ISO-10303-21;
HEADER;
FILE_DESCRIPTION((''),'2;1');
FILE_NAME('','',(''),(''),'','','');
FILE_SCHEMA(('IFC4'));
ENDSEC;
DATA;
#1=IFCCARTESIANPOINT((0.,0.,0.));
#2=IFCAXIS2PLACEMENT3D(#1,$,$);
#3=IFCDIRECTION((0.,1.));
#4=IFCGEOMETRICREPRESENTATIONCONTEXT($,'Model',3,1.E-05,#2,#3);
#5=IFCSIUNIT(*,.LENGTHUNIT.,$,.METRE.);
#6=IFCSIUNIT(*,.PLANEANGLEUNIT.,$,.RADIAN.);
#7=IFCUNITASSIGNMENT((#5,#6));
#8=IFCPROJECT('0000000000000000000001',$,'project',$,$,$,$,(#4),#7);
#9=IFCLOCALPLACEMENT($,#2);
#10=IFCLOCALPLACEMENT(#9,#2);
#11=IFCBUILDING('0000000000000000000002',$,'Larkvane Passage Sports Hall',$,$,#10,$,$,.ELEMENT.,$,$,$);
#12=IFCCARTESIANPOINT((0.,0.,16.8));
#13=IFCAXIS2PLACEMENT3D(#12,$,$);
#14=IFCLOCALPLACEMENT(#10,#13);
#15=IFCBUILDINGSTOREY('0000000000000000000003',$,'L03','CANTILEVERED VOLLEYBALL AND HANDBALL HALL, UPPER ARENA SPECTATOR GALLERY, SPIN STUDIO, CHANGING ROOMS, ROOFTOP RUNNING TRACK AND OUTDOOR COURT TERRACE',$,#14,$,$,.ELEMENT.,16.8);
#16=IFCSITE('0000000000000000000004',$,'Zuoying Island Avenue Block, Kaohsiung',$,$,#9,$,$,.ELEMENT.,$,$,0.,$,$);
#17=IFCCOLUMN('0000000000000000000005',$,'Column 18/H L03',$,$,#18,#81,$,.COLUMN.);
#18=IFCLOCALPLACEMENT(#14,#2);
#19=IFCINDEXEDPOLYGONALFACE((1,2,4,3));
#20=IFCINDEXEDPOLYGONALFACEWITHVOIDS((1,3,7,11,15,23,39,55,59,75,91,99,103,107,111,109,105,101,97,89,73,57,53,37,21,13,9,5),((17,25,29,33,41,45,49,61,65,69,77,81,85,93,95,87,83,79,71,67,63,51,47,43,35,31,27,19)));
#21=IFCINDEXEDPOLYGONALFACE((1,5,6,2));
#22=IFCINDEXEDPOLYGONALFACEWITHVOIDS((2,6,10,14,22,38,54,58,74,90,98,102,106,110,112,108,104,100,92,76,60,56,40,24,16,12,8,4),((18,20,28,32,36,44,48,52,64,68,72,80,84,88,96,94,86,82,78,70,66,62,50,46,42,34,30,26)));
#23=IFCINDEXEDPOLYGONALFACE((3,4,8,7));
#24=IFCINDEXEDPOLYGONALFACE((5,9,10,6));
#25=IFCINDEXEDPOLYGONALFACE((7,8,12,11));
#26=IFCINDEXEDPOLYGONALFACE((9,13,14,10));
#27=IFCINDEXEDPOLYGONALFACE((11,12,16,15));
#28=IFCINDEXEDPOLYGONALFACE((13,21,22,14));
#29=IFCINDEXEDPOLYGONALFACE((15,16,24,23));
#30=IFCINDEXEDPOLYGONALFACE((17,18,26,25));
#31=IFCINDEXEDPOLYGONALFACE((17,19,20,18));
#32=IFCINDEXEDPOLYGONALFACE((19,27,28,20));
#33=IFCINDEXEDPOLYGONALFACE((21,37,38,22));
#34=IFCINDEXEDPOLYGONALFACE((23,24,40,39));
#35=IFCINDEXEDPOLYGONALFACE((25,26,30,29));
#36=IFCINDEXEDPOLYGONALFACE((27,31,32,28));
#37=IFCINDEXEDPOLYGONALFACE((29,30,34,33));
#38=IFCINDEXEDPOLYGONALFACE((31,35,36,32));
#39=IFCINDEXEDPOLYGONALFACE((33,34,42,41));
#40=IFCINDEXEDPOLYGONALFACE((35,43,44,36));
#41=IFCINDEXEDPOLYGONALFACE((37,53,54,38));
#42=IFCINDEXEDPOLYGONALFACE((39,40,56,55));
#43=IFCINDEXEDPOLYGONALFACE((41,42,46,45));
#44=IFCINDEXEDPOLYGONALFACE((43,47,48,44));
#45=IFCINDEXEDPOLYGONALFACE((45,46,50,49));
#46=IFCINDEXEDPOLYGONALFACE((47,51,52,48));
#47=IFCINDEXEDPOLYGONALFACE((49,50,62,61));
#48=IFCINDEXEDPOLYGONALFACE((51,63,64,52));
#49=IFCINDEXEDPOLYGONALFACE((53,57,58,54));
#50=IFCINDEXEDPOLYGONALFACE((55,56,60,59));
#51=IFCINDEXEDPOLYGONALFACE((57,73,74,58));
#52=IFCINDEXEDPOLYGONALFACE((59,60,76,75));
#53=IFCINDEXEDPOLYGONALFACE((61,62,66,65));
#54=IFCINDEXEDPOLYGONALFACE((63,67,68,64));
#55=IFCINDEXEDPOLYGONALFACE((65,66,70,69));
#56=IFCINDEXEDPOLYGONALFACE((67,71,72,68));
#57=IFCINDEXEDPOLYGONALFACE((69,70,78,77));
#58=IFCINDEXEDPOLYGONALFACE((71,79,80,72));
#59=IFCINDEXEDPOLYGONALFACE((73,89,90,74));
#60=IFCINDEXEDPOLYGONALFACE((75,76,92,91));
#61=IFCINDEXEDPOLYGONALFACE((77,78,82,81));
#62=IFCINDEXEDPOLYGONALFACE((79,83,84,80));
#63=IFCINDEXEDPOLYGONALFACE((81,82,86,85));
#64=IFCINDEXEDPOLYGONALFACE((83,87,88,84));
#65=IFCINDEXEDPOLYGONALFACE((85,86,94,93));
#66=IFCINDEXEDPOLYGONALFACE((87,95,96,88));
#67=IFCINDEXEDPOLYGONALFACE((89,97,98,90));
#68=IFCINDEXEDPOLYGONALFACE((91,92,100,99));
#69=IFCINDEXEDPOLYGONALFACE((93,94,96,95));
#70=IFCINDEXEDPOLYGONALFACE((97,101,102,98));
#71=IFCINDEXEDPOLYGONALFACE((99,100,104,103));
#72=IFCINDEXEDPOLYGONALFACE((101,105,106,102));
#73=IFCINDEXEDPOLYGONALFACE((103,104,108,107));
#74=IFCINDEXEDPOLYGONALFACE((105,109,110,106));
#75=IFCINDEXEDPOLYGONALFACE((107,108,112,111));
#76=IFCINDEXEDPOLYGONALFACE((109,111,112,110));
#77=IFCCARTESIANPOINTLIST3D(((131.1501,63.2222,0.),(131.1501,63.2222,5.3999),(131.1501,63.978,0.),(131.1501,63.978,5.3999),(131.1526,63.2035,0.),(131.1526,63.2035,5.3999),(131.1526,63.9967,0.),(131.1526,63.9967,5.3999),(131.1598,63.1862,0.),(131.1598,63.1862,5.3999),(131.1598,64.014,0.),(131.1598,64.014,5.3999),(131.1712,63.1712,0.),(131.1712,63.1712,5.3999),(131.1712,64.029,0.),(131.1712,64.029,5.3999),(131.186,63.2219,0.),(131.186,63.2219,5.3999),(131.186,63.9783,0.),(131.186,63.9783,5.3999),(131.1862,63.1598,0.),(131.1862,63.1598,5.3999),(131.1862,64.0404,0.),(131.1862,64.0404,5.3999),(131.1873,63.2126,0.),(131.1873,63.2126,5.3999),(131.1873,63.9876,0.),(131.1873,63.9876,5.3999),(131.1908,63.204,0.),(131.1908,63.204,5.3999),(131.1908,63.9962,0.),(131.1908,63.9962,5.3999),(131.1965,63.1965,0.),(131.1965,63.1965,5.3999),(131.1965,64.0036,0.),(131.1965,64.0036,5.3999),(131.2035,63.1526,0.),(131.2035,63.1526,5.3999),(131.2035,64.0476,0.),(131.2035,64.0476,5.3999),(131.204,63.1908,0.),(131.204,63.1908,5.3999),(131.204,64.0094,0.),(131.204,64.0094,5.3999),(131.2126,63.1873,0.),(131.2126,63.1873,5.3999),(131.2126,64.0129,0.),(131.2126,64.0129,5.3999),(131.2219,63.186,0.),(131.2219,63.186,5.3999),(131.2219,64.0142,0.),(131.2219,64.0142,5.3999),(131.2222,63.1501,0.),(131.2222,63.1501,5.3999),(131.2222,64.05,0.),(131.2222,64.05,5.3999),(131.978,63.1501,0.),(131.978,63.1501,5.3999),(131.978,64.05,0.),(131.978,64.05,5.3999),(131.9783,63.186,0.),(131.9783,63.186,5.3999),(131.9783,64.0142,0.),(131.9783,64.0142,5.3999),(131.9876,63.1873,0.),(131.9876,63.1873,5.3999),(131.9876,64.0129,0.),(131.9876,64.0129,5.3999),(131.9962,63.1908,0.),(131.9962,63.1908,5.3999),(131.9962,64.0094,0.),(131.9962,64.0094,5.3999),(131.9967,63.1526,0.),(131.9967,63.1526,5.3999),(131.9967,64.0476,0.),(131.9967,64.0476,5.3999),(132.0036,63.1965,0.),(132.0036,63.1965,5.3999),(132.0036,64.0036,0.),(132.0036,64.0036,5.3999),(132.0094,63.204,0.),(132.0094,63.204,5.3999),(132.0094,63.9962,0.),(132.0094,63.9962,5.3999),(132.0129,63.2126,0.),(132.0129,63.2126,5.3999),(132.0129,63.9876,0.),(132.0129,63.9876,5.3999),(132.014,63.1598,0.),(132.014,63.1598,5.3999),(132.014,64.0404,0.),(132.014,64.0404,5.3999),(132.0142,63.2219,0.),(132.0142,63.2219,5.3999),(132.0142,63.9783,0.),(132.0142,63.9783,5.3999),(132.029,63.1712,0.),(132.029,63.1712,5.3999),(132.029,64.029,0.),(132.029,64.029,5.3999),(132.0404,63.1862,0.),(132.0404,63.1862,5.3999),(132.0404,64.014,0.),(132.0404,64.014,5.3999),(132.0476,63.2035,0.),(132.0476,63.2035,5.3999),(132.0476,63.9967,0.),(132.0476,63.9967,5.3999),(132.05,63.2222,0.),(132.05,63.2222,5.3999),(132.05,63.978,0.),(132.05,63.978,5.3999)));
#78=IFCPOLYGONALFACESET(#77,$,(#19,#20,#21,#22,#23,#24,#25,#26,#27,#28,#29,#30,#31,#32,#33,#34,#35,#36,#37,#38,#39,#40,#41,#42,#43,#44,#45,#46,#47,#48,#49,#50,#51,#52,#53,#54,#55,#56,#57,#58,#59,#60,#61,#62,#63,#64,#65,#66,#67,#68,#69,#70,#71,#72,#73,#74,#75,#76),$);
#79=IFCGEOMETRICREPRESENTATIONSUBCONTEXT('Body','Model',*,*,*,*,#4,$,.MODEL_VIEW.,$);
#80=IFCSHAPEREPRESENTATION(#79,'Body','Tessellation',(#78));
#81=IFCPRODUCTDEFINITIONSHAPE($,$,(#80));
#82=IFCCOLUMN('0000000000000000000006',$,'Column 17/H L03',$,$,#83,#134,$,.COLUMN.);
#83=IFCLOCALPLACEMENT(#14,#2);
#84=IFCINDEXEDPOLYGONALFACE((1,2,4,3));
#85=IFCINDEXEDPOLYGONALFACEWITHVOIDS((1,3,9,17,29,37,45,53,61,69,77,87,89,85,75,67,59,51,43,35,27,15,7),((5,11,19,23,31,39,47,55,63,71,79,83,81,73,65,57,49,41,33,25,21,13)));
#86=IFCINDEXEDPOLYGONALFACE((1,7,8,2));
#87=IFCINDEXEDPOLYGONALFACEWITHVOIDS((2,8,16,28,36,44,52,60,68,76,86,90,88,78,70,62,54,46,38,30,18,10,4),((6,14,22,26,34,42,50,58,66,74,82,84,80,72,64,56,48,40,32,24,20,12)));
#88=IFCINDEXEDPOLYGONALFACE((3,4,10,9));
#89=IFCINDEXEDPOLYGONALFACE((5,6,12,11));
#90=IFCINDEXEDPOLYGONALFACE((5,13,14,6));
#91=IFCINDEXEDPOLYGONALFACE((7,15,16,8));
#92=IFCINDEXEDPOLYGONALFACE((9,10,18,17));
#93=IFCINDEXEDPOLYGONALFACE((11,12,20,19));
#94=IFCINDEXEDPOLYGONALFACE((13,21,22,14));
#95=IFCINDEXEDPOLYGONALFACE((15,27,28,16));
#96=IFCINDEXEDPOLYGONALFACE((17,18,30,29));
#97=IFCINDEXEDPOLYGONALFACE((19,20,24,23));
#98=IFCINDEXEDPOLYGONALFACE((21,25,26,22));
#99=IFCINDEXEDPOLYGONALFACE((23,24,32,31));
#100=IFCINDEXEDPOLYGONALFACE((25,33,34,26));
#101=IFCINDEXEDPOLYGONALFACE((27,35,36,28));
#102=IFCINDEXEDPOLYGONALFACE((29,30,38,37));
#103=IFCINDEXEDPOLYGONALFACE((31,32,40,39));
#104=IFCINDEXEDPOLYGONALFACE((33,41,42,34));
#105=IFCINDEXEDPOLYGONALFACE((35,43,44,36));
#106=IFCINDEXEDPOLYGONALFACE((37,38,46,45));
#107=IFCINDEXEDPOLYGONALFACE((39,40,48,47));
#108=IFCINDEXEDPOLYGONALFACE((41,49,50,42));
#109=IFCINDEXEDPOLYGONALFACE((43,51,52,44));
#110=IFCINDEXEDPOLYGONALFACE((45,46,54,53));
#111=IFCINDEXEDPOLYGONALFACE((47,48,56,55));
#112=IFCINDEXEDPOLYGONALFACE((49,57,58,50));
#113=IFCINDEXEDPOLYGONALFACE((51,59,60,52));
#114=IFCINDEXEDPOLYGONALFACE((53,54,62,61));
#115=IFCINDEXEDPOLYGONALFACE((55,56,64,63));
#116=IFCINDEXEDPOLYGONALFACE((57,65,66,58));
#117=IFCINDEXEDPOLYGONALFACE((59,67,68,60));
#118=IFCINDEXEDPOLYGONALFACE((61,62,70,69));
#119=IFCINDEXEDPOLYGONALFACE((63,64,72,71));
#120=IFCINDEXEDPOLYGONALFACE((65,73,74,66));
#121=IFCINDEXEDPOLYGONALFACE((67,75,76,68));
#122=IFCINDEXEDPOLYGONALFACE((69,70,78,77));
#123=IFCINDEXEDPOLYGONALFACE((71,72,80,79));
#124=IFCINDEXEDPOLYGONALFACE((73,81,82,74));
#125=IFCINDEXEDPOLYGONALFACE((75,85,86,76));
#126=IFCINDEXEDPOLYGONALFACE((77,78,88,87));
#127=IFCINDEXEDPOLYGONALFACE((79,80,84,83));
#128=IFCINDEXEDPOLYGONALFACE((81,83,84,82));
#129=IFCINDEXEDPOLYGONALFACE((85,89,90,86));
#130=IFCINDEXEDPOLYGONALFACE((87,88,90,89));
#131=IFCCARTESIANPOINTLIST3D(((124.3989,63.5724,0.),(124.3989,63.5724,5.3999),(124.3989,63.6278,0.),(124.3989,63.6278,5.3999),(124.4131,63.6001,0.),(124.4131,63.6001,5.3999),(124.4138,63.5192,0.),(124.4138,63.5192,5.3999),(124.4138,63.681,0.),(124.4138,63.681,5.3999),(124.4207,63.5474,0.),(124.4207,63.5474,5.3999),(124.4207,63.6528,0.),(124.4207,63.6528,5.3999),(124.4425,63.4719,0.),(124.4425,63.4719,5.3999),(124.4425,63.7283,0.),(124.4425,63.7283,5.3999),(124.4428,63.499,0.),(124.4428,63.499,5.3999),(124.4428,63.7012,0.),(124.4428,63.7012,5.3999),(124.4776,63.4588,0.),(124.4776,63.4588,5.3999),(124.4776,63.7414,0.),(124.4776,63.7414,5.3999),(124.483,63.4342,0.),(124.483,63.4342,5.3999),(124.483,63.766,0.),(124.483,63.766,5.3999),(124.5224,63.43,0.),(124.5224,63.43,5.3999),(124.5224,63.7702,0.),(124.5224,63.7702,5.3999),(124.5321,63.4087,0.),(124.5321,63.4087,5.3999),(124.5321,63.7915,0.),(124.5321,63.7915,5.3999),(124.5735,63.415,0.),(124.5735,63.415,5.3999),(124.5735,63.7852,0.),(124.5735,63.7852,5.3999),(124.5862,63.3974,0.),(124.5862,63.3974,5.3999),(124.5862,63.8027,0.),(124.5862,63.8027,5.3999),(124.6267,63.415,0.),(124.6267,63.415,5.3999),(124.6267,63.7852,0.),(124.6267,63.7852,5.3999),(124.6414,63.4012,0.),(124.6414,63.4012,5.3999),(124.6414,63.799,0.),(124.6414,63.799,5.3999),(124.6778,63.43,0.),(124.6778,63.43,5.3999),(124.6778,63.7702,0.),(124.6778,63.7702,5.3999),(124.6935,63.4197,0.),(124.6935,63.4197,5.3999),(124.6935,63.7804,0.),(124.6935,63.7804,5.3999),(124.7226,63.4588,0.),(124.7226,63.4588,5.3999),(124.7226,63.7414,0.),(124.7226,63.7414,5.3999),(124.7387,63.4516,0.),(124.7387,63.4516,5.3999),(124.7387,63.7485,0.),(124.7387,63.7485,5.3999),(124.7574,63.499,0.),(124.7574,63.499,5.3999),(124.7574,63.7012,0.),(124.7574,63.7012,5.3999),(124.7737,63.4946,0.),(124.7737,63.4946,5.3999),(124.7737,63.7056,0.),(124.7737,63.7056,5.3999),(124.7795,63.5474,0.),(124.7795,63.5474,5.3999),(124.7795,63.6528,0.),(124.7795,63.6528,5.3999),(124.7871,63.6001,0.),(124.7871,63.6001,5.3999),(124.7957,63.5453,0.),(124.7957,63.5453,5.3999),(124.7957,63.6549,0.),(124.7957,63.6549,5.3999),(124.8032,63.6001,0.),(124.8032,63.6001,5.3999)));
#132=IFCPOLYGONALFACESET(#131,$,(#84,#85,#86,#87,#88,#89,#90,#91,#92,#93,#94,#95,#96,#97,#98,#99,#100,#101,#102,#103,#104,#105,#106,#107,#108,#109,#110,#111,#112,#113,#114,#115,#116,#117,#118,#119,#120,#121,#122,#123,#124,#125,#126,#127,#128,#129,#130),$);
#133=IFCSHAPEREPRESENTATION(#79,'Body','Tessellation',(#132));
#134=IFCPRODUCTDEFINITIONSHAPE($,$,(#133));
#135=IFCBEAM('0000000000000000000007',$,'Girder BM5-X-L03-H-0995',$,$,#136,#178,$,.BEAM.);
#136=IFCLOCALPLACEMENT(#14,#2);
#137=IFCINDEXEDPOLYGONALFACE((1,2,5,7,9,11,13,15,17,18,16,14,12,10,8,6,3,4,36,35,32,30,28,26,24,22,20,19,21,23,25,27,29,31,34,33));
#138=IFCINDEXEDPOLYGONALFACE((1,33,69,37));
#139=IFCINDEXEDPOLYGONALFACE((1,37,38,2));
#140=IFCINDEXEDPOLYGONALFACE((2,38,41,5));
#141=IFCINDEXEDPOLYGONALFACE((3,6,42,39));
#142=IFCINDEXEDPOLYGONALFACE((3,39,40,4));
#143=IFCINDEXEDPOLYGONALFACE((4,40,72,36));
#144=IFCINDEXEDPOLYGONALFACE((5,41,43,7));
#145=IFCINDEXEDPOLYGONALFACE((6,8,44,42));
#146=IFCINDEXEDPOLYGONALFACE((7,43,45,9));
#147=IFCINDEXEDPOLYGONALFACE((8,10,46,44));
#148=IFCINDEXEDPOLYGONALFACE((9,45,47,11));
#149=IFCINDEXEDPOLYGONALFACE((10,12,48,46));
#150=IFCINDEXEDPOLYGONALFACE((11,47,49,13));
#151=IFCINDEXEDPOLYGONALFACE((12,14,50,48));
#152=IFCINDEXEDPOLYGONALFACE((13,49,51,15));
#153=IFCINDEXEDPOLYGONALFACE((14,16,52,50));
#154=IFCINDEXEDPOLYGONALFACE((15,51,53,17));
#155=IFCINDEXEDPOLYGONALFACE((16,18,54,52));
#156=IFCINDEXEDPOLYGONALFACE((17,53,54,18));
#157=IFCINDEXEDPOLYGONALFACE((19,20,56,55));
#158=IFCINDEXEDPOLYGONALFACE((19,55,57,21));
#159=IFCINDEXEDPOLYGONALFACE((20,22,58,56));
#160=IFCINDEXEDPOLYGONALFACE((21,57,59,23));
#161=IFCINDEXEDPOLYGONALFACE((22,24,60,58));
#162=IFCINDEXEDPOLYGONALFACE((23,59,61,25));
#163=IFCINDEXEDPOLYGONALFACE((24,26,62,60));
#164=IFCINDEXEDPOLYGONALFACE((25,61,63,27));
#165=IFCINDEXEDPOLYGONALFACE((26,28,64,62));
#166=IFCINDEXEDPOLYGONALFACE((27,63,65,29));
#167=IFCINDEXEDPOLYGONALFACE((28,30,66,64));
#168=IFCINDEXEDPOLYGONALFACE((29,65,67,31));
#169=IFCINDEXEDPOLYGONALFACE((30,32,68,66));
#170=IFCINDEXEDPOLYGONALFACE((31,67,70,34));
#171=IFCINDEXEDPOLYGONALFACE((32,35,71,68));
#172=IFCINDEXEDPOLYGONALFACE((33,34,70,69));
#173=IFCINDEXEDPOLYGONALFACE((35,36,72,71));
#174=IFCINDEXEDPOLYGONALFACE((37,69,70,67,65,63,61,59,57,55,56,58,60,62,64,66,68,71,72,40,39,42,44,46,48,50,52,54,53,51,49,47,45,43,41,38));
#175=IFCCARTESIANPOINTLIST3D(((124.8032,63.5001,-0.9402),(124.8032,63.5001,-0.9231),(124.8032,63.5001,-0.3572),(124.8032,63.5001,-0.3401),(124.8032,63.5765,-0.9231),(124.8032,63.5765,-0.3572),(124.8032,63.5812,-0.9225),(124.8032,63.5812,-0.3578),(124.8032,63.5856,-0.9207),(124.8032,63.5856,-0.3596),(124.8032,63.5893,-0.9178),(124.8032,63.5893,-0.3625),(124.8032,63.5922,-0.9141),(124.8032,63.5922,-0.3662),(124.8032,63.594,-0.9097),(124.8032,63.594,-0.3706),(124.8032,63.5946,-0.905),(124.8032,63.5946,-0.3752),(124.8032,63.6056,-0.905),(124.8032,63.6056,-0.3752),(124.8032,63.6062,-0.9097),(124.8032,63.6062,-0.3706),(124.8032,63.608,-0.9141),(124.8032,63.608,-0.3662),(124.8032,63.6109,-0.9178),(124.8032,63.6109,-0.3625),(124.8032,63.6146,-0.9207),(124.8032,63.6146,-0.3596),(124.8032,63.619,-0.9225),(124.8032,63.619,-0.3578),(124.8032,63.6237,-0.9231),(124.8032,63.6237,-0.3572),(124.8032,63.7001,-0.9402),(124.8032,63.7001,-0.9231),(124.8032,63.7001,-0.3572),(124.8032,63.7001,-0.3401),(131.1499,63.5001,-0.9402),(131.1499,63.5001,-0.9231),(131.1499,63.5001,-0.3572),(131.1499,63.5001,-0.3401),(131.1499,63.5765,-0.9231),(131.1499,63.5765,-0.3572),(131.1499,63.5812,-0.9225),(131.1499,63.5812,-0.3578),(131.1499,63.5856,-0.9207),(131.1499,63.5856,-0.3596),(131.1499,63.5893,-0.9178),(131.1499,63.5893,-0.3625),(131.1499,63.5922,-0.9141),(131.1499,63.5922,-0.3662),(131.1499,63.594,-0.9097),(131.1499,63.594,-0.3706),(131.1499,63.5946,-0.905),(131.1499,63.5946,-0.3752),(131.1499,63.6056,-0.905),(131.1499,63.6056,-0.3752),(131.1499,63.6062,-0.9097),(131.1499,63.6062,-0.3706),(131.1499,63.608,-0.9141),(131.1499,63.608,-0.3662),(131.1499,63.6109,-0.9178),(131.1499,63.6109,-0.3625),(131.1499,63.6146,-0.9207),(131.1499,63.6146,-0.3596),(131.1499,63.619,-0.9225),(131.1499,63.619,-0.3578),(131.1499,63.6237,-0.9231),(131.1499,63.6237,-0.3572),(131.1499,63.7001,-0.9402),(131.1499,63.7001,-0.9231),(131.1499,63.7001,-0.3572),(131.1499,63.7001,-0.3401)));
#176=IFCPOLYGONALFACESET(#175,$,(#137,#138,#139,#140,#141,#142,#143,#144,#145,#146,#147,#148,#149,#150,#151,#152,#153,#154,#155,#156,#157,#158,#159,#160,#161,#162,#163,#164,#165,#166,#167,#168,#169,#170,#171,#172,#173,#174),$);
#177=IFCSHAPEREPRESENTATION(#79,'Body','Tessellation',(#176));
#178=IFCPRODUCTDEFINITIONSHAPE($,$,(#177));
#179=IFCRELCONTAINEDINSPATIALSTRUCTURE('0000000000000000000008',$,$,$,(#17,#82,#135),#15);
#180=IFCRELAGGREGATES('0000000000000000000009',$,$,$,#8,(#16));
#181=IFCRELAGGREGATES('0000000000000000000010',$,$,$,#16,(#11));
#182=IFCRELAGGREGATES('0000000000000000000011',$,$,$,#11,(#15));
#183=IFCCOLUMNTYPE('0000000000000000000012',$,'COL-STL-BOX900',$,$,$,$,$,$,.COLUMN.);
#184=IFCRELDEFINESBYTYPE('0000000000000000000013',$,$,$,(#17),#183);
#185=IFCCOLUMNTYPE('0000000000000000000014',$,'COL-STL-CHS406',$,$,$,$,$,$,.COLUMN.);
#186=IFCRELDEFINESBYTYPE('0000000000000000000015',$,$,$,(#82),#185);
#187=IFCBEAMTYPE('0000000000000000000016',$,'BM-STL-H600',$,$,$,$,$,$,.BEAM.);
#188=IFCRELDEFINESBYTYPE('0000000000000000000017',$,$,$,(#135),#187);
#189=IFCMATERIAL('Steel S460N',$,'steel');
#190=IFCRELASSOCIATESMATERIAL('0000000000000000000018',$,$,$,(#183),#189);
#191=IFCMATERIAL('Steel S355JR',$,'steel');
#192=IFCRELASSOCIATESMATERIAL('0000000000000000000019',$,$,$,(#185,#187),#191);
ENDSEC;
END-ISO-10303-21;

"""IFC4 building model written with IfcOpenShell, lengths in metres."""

from ifc_helpers import new_model, si_unit, direction, frame, origin, origin_2d, place, context, subcontext, project, spatial, hollow_rectangle, hollow_circle, i_section, extrude, material, material_profile, profile_set, type_object, element, save


model = new_model("IFC4")

# Units and contexts
model_context = context("Model", 3, precision=1e-05, world=origin(), true_north=direction((0.0, 1.0)))
body_context = subcontext(model_context, "Body", "Model", "MODEL_VIEW")
ifc_project = project(units=[si_unit("LENGTHUNIT", "METRE"), si_unit("PLANEANGLEUNIT", "RADIAN")], contexts=[model_context])

# Site, building, storey
site_placement = place(None, origin())
site = spatial("IfcSite", under=ifc_project, at=site_placement, Name="Zuoying Island Avenue Block, Kaohsiung", CompositionType="ELEMENT", RefElevation=0.0)
building_placement = place(site_placement, origin())
building = spatial("IfcBuilding", under=site, at=building_placement, Name="Larkvane Passage Sports Hall", CompositionType="ELEMENT")
storey_placement = place(building_placement, frame((0.0, 0.0, 16.8)))
storey = spatial("IfcBuildingStorey", under=building, at=storey_placement, Name="L03", Description="CANTILEVERED VOLLEYBALL AND HANDBALL HALL, UPPER ARENA SPECTATOR GALLERY, SPIN STUDIO, CHANGING ROOMS, ROOFTOP RUNNING TRACK AND OUTDOOR COURT TERRACE", CompositionType="ELEMENT", Elevation=16.8)

# Columns
ifc_material_1 = material(Name="Steel S460N", Category="steel")
ifc_material_profile_1 = material_profile(ifc_material_1, hollow_rectangle(XDim=0.8999, YDim=0.8999, WallThickness=0.0359, InnerFilletRadius=0.0359, OuterFilletRadius=0.072, at=origin_2d()), Name="BOX-900x900x36")
ifc_profile_set_1 = profile_set([ifc_material_profile_1], Name="Steel S460N")
column_type_1 = type_object("IfcColumnType", Name="COL-STL-BOX900", PredefinedType="COLUMN", material=ifc_profile_set_1)
column_1_placement = place(storey_placement, frame((131.6001, 63.6001, 0.0), z_axis=(0.0, 0.0, 1.0), x_axis=(1.0, 0.0, 0.0)))
element("IfcColumn", 1, at=column_1_placement, inside=storey, type_object=column_type_1, Name="Column 18/H L03", PredefinedType="COLUMN", context=body_context, shape_type="SweptSolid", body=[
    extrude(hollow_rectangle(XDim=0.8999, YDim=0.8999, WallThickness=0.0359, InnerFilletRadius=0.0359, OuterFilletRadius=0.072, at=origin_2d()), origin(), (0.0, 0.0, 1.0), 5.3999),
])
ifc_material_2 = material(Name="Steel S355JR", Category="steel")
ifc_material_profile_2 = material_profile(ifc_material_2, hollow_circle(Radius=0.2031, WallThickness=0.0161, at=origin_2d()), Name="CHS-406.4x16.0")
ifc_profile_set_2 = profile_set([ifc_material_profile_2], Name="Steel S355JR")
column_type_2 = type_object("IfcColumnType", Name="COL-STL-CHS406", PredefinedType="COLUMN", material=ifc_profile_set_2)
column_2_placement = place(storey_placement, frame((124.6001, 63.6001, 0.0), z_axis=(0.0, 0.0, 1.0), x_axis=(1.0, 0.0, 0.0)))
element("IfcColumn", 2, at=column_2_placement, inside=storey, type_object=column_type_2, Name="Column 17/H L03", PredefinedType="COLUMN", context=body_context, shape_type="SweptSolid", body=[
    extrude(hollow_circle(Radius=0.2031, WallThickness=0.0161, at=origin_2d()), origin(), (0.0, 0.0, 1.0), 5.3999),
])

# Beam
ifc_material_profile_3 = material_profile(ifc_material_2, i_section(OverallWidth=0.2, OverallDepth=0.6001, WebThickness=0.011, FlangeThickness=0.0171, FilletRadius=0.0181, at=origin_2d()), Name="H-600x200x11x17")
ifc_profile_set_3 = profile_set([ifc_material_profile_3], Name="Steel S355JR")
beam_type_1 = type_object("IfcBeamType", Name="BM-STL-H600", PredefinedType="BEAM", material=ifc_profile_set_3)
beam_1_placement = place(storey_placement, frame((124.8032, 63.6001, -0.6401), z_axis=(1.0, 0.0, 0.0), x_axis=(0.0, 1.0, 0.0)))
element("IfcBeam", 3, at=beam_1_placement, inside=storey, type_object=beam_type_1, Name="Girder BM5-X-L03-H-0995", PredefinedType="BEAM", context=body_context, shape_type="SweptSolid", body=[
    extrude(i_section(OverallWidth=0.2, OverallDepth=0.6001, WebThickness=0.011, FlangeThickness=0.0171, FilletRadius=0.0181, at=origin_2d()), origin(), (0.0, 0.0, 1.0), 6.3467),
])

save(model, "model.ifc")
